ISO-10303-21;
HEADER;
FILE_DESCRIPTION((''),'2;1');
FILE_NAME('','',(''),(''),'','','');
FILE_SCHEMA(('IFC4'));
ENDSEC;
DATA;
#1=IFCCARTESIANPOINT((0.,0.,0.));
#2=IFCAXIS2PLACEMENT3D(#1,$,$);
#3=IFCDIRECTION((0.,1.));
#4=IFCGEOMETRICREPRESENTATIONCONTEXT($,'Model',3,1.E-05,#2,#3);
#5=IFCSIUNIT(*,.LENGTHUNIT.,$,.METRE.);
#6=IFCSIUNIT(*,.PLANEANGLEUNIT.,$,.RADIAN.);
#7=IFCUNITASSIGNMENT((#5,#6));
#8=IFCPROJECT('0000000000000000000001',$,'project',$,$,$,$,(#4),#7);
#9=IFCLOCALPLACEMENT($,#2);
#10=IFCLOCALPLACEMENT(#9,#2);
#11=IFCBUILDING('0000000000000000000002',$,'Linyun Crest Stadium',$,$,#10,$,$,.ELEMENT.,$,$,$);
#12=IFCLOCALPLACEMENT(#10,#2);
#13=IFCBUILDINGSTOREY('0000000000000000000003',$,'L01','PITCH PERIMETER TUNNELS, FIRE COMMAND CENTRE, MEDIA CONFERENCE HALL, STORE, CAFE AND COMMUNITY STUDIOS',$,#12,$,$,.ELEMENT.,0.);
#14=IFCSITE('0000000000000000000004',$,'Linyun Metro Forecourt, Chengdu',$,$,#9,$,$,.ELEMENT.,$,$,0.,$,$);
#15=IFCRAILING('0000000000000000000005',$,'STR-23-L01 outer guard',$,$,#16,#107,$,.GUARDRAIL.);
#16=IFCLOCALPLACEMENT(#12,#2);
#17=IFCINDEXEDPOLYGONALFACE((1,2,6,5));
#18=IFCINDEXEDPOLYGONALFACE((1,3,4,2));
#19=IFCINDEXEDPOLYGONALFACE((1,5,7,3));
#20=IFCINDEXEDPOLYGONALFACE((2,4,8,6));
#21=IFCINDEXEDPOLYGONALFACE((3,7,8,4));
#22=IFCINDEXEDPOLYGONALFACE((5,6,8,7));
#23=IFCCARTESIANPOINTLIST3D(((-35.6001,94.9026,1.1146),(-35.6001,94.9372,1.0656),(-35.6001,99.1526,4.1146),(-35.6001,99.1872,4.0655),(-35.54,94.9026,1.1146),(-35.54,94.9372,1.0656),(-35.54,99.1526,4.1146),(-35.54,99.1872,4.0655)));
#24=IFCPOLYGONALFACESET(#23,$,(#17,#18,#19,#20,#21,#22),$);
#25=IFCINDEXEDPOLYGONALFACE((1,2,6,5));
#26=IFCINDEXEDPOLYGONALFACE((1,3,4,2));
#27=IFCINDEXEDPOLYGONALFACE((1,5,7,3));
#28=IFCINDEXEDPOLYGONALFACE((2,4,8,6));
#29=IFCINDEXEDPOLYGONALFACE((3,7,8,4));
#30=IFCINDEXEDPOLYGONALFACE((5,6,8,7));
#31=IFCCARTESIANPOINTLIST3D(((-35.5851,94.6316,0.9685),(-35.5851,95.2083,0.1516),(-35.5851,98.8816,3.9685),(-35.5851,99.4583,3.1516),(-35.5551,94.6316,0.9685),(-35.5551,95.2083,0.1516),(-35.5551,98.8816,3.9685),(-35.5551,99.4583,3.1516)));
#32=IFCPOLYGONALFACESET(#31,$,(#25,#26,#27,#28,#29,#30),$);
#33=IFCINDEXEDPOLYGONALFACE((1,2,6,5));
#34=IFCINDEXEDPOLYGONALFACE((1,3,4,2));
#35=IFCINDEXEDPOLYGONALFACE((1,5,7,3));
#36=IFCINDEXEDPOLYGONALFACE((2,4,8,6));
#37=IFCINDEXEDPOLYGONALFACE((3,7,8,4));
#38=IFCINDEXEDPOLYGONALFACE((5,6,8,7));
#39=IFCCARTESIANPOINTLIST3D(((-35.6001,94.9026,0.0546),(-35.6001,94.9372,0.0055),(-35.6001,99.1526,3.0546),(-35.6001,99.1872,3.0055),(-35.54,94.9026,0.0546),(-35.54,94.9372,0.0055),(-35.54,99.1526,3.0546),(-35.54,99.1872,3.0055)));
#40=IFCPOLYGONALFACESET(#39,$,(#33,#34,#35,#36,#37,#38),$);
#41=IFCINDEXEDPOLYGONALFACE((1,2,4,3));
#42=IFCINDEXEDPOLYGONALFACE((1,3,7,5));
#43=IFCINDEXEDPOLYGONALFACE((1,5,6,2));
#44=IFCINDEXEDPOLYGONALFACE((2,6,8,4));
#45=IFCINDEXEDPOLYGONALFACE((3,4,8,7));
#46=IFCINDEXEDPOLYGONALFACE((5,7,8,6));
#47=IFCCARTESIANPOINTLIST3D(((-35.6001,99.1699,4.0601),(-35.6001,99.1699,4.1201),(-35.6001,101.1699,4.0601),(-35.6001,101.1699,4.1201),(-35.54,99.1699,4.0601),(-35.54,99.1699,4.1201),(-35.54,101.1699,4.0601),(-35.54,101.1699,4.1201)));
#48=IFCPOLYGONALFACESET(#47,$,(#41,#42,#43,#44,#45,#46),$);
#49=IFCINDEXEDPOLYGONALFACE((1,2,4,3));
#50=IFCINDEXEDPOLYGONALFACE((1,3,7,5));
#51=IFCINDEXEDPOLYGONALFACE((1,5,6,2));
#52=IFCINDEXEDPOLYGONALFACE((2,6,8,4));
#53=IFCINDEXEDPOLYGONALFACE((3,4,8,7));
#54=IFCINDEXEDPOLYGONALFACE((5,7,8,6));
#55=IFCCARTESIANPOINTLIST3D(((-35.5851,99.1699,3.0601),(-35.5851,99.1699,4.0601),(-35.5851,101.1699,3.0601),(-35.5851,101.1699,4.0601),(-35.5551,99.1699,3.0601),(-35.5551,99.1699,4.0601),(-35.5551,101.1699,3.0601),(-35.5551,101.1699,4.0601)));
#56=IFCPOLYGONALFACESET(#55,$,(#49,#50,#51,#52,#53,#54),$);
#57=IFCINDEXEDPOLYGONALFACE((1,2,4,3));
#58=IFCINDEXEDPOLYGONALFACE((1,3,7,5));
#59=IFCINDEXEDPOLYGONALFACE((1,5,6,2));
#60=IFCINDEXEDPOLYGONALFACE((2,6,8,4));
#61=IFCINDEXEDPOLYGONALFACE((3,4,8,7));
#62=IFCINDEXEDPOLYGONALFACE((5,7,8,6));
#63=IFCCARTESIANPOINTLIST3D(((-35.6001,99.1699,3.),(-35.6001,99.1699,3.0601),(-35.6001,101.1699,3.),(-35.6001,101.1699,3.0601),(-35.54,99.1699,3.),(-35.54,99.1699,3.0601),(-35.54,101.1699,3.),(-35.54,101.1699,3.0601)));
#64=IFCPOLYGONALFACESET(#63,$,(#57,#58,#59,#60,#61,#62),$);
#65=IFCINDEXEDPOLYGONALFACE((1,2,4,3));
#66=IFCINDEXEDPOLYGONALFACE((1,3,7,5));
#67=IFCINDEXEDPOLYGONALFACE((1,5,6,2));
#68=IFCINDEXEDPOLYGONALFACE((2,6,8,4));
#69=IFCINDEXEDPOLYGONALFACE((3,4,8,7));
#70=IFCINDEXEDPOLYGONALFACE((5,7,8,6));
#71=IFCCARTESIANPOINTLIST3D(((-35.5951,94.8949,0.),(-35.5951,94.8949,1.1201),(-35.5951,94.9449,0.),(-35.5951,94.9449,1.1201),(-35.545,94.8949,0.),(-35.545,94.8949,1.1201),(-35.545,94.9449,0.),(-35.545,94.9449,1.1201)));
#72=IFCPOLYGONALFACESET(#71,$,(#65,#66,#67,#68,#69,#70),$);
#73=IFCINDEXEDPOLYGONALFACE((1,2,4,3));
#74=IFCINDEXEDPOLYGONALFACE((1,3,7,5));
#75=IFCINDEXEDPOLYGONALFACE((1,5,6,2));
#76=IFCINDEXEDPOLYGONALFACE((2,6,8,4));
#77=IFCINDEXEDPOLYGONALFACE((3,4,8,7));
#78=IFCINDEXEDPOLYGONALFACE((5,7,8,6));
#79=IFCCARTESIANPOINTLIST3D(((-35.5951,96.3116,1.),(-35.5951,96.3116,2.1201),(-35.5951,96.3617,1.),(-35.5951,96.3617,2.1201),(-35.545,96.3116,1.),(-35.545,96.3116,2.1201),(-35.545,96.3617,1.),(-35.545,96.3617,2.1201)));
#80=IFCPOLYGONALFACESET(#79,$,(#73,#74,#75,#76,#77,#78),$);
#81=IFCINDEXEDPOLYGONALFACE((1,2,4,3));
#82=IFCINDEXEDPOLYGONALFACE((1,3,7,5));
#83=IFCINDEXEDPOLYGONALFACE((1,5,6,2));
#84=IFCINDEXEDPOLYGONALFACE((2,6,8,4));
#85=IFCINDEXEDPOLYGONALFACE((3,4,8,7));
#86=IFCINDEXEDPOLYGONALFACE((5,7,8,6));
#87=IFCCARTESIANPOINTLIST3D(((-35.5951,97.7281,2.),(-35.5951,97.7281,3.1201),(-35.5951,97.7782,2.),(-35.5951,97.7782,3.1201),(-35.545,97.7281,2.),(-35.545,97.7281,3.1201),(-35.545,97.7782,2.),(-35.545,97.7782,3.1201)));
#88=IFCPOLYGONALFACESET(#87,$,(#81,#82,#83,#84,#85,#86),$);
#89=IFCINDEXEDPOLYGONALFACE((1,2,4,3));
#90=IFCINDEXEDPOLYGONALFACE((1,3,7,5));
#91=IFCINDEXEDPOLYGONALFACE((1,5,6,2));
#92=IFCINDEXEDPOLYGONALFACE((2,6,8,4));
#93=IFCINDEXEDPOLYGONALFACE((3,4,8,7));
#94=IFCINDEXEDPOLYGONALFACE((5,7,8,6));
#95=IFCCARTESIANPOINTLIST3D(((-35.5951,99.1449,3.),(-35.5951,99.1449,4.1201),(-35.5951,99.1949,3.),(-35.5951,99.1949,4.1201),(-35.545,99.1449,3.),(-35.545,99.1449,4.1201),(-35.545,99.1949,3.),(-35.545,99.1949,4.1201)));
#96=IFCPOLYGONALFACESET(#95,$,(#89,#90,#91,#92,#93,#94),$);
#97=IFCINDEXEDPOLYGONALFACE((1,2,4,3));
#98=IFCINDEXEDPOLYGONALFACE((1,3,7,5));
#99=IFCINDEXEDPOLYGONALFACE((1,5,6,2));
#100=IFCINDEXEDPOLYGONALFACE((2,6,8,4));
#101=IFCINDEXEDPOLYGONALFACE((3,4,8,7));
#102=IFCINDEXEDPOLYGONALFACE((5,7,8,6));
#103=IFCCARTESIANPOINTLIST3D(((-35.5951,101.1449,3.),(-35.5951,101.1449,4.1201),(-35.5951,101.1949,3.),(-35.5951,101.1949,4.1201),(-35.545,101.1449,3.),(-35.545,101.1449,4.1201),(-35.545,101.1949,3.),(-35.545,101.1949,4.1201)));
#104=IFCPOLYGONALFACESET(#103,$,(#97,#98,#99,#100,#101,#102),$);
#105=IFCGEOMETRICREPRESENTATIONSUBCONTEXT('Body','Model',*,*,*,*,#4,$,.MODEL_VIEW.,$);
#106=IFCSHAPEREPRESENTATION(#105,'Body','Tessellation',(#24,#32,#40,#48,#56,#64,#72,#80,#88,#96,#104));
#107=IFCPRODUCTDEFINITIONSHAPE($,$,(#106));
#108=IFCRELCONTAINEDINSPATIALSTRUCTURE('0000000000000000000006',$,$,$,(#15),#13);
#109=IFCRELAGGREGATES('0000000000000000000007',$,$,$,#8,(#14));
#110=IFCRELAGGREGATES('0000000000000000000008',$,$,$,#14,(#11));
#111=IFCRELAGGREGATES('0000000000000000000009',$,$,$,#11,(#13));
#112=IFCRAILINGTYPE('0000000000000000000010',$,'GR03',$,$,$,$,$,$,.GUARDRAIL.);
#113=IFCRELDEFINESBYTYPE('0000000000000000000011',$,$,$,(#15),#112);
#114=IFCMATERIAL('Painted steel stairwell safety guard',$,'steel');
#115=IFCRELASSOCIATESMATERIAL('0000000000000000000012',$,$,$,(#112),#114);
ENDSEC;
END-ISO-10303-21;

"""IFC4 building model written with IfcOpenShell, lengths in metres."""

from ifc_helpers import new_model, si_unit, direction, frame, origin, origin_2d, place, context, subcontext, project, spatial, rectangle, extrude, material, type_object, element, save


model = new_model("IFC4")

# Units and contexts
model_context = context("Model", 3, precision=1e-05, world=origin(), true_north=direction((0.0, 1.0)))
body_context = subcontext(model_context, "Body", "Model", "MODEL_VIEW")
ifc_project = project(units=[si_unit("LENGTHUNIT", "METRE"), si_unit("PLANEANGLEUNIT", "RADIAN")], contexts=[model_context])

# Site, building, storey
site_placement = place(None, origin())
site = spatial("IfcSite", under=ifc_project, at=site_placement, Name="Linyun Metro Forecourt, Chengdu", CompositionType="ELEMENT", RefElevation=0.0)
building_placement = place(site_placement, origin())
building = spatial("IfcBuilding", under=site, at=building_placement, Name="Linyun Crest Stadium", CompositionType="ELEMENT")
storey_placement = place(building_placement, origin())
storey = spatial("IfcBuildingStorey", under=building, at=storey_placement, Name="L01", Description="PITCH PERIMETER TUNNELS, FIRE COMMAND CENTRE, MEDIA CONFERENCE HALL, STORE, CAFE AND COMMUNITY STUDIOS", CompositionType="ELEMENT", Elevation=0.0)

# Railing
ifc_material_1 = material(Name="Painted steel stairwell safety guard", Category="steel")
railing_type_1 = type_object("IfcRailingType", Name="GR03", PredefinedType="GUARDRAIL", material=ifc_material_1)
railing_1_placement = place(storey_placement, frame((-35.5701, 94.9199, 0.0)))
element("IfcRailing", 1, at=railing_1_placement, inside=storey, type_object=railing_type_1, Name="STR-23-L01 outer guard", PredefinedType="GUARDRAIL", context=body_context, shape_type="SweptSolid", body=[
    extrude(rectangle(XDim=0.0601, YDim=0.0601, at=origin_2d()), frame((0.0, 0.0, 1.0901), z_axis=(0.0, 0.816968, 0.576683), x_axis=(-1.0, 0.0, 0.0)), (0.0, 0.0, 1.0), 5.2021),
    extrude(rectangle(XDim=0.03, YDim=1.0, at=origin_2d()), frame((0.0, 0.0, 0.5601), z_axis=(0.0, 0.816968, 0.576683), x_axis=(-1.0, 0.0, 0.0)), (0.0, 0.0, 1.0), 5.2021),
    extrude(rectangle(XDim=0.0601, YDim=0.0601, at=origin_2d()), frame((0.0, 0.0, 0.03), z_axis=(0.0, 0.816968, 0.576683), x_axis=(-1.0, 0.0, 0.0)), (0.0, 0.0, 1.0), 5.2021),
    extrude(rectangle(XDim=0.0601, YDim=0.0601, at=origin_2d()), frame((0.0, 4.25, 4.0901), z_axis=(0.0, 1.0, 0.0), x_axis=(-1.0, 0.0, 0.0)), (0.0, 0.0, 1.0), 2.0),
    extrude(rectangle(XDim=0.03, YDim=1.0, at=origin_2d()), frame((0.0, 4.25, 3.5601), z_axis=(0.0, 1.0, 0.0), x_axis=(-1.0, 0.0, 0.0)), (0.0, 0.0, 1.0), 2.0),
    extrude(rectangle(XDim=0.0601, YDim=0.0601, at=origin_2d()), frame((0.0, 4.25, 3.03), z_axis=(0.0, 1.0, 0.0), x_axis=(-1.0, 0.0, 0.0)), (0.0, 0.0, 1.0), 2.0),
    extrude(rectangle(XDim=0.05, YDim=0.05, at=origin_2d()), origin(), (0.0, 0.0, 1.0), 1.1201),
    extrude(rectangle(XDim=0.05, YDim=0.05, at=origin_2d()), frame((0.0, 1.4167, 1.0)), (0.0, 0.0, 1.0), 1.1201),
    extrude(rectangle(XDim=0.05, YDim=0.05, at=origin_2d()), frame((0.0, 2.8333, 2.0)), (0.0, 0.0, 1.0), 1.1201),
    extrude(rectangle(XDim=0.05, YDim=0.05, at=origin_2d()), frame((0.0, 4.25, 3.0)), (0.0, 0.0, 1.0), 1.1201),
    extrude(rectangle(XDim=0.05, YDim=0.05, at=origin_2d()), frame((0.0, 6.25, 3.0)), (0.0, 0.0, 1.0), 1.1201),
])

save(model, "model.ifc")
